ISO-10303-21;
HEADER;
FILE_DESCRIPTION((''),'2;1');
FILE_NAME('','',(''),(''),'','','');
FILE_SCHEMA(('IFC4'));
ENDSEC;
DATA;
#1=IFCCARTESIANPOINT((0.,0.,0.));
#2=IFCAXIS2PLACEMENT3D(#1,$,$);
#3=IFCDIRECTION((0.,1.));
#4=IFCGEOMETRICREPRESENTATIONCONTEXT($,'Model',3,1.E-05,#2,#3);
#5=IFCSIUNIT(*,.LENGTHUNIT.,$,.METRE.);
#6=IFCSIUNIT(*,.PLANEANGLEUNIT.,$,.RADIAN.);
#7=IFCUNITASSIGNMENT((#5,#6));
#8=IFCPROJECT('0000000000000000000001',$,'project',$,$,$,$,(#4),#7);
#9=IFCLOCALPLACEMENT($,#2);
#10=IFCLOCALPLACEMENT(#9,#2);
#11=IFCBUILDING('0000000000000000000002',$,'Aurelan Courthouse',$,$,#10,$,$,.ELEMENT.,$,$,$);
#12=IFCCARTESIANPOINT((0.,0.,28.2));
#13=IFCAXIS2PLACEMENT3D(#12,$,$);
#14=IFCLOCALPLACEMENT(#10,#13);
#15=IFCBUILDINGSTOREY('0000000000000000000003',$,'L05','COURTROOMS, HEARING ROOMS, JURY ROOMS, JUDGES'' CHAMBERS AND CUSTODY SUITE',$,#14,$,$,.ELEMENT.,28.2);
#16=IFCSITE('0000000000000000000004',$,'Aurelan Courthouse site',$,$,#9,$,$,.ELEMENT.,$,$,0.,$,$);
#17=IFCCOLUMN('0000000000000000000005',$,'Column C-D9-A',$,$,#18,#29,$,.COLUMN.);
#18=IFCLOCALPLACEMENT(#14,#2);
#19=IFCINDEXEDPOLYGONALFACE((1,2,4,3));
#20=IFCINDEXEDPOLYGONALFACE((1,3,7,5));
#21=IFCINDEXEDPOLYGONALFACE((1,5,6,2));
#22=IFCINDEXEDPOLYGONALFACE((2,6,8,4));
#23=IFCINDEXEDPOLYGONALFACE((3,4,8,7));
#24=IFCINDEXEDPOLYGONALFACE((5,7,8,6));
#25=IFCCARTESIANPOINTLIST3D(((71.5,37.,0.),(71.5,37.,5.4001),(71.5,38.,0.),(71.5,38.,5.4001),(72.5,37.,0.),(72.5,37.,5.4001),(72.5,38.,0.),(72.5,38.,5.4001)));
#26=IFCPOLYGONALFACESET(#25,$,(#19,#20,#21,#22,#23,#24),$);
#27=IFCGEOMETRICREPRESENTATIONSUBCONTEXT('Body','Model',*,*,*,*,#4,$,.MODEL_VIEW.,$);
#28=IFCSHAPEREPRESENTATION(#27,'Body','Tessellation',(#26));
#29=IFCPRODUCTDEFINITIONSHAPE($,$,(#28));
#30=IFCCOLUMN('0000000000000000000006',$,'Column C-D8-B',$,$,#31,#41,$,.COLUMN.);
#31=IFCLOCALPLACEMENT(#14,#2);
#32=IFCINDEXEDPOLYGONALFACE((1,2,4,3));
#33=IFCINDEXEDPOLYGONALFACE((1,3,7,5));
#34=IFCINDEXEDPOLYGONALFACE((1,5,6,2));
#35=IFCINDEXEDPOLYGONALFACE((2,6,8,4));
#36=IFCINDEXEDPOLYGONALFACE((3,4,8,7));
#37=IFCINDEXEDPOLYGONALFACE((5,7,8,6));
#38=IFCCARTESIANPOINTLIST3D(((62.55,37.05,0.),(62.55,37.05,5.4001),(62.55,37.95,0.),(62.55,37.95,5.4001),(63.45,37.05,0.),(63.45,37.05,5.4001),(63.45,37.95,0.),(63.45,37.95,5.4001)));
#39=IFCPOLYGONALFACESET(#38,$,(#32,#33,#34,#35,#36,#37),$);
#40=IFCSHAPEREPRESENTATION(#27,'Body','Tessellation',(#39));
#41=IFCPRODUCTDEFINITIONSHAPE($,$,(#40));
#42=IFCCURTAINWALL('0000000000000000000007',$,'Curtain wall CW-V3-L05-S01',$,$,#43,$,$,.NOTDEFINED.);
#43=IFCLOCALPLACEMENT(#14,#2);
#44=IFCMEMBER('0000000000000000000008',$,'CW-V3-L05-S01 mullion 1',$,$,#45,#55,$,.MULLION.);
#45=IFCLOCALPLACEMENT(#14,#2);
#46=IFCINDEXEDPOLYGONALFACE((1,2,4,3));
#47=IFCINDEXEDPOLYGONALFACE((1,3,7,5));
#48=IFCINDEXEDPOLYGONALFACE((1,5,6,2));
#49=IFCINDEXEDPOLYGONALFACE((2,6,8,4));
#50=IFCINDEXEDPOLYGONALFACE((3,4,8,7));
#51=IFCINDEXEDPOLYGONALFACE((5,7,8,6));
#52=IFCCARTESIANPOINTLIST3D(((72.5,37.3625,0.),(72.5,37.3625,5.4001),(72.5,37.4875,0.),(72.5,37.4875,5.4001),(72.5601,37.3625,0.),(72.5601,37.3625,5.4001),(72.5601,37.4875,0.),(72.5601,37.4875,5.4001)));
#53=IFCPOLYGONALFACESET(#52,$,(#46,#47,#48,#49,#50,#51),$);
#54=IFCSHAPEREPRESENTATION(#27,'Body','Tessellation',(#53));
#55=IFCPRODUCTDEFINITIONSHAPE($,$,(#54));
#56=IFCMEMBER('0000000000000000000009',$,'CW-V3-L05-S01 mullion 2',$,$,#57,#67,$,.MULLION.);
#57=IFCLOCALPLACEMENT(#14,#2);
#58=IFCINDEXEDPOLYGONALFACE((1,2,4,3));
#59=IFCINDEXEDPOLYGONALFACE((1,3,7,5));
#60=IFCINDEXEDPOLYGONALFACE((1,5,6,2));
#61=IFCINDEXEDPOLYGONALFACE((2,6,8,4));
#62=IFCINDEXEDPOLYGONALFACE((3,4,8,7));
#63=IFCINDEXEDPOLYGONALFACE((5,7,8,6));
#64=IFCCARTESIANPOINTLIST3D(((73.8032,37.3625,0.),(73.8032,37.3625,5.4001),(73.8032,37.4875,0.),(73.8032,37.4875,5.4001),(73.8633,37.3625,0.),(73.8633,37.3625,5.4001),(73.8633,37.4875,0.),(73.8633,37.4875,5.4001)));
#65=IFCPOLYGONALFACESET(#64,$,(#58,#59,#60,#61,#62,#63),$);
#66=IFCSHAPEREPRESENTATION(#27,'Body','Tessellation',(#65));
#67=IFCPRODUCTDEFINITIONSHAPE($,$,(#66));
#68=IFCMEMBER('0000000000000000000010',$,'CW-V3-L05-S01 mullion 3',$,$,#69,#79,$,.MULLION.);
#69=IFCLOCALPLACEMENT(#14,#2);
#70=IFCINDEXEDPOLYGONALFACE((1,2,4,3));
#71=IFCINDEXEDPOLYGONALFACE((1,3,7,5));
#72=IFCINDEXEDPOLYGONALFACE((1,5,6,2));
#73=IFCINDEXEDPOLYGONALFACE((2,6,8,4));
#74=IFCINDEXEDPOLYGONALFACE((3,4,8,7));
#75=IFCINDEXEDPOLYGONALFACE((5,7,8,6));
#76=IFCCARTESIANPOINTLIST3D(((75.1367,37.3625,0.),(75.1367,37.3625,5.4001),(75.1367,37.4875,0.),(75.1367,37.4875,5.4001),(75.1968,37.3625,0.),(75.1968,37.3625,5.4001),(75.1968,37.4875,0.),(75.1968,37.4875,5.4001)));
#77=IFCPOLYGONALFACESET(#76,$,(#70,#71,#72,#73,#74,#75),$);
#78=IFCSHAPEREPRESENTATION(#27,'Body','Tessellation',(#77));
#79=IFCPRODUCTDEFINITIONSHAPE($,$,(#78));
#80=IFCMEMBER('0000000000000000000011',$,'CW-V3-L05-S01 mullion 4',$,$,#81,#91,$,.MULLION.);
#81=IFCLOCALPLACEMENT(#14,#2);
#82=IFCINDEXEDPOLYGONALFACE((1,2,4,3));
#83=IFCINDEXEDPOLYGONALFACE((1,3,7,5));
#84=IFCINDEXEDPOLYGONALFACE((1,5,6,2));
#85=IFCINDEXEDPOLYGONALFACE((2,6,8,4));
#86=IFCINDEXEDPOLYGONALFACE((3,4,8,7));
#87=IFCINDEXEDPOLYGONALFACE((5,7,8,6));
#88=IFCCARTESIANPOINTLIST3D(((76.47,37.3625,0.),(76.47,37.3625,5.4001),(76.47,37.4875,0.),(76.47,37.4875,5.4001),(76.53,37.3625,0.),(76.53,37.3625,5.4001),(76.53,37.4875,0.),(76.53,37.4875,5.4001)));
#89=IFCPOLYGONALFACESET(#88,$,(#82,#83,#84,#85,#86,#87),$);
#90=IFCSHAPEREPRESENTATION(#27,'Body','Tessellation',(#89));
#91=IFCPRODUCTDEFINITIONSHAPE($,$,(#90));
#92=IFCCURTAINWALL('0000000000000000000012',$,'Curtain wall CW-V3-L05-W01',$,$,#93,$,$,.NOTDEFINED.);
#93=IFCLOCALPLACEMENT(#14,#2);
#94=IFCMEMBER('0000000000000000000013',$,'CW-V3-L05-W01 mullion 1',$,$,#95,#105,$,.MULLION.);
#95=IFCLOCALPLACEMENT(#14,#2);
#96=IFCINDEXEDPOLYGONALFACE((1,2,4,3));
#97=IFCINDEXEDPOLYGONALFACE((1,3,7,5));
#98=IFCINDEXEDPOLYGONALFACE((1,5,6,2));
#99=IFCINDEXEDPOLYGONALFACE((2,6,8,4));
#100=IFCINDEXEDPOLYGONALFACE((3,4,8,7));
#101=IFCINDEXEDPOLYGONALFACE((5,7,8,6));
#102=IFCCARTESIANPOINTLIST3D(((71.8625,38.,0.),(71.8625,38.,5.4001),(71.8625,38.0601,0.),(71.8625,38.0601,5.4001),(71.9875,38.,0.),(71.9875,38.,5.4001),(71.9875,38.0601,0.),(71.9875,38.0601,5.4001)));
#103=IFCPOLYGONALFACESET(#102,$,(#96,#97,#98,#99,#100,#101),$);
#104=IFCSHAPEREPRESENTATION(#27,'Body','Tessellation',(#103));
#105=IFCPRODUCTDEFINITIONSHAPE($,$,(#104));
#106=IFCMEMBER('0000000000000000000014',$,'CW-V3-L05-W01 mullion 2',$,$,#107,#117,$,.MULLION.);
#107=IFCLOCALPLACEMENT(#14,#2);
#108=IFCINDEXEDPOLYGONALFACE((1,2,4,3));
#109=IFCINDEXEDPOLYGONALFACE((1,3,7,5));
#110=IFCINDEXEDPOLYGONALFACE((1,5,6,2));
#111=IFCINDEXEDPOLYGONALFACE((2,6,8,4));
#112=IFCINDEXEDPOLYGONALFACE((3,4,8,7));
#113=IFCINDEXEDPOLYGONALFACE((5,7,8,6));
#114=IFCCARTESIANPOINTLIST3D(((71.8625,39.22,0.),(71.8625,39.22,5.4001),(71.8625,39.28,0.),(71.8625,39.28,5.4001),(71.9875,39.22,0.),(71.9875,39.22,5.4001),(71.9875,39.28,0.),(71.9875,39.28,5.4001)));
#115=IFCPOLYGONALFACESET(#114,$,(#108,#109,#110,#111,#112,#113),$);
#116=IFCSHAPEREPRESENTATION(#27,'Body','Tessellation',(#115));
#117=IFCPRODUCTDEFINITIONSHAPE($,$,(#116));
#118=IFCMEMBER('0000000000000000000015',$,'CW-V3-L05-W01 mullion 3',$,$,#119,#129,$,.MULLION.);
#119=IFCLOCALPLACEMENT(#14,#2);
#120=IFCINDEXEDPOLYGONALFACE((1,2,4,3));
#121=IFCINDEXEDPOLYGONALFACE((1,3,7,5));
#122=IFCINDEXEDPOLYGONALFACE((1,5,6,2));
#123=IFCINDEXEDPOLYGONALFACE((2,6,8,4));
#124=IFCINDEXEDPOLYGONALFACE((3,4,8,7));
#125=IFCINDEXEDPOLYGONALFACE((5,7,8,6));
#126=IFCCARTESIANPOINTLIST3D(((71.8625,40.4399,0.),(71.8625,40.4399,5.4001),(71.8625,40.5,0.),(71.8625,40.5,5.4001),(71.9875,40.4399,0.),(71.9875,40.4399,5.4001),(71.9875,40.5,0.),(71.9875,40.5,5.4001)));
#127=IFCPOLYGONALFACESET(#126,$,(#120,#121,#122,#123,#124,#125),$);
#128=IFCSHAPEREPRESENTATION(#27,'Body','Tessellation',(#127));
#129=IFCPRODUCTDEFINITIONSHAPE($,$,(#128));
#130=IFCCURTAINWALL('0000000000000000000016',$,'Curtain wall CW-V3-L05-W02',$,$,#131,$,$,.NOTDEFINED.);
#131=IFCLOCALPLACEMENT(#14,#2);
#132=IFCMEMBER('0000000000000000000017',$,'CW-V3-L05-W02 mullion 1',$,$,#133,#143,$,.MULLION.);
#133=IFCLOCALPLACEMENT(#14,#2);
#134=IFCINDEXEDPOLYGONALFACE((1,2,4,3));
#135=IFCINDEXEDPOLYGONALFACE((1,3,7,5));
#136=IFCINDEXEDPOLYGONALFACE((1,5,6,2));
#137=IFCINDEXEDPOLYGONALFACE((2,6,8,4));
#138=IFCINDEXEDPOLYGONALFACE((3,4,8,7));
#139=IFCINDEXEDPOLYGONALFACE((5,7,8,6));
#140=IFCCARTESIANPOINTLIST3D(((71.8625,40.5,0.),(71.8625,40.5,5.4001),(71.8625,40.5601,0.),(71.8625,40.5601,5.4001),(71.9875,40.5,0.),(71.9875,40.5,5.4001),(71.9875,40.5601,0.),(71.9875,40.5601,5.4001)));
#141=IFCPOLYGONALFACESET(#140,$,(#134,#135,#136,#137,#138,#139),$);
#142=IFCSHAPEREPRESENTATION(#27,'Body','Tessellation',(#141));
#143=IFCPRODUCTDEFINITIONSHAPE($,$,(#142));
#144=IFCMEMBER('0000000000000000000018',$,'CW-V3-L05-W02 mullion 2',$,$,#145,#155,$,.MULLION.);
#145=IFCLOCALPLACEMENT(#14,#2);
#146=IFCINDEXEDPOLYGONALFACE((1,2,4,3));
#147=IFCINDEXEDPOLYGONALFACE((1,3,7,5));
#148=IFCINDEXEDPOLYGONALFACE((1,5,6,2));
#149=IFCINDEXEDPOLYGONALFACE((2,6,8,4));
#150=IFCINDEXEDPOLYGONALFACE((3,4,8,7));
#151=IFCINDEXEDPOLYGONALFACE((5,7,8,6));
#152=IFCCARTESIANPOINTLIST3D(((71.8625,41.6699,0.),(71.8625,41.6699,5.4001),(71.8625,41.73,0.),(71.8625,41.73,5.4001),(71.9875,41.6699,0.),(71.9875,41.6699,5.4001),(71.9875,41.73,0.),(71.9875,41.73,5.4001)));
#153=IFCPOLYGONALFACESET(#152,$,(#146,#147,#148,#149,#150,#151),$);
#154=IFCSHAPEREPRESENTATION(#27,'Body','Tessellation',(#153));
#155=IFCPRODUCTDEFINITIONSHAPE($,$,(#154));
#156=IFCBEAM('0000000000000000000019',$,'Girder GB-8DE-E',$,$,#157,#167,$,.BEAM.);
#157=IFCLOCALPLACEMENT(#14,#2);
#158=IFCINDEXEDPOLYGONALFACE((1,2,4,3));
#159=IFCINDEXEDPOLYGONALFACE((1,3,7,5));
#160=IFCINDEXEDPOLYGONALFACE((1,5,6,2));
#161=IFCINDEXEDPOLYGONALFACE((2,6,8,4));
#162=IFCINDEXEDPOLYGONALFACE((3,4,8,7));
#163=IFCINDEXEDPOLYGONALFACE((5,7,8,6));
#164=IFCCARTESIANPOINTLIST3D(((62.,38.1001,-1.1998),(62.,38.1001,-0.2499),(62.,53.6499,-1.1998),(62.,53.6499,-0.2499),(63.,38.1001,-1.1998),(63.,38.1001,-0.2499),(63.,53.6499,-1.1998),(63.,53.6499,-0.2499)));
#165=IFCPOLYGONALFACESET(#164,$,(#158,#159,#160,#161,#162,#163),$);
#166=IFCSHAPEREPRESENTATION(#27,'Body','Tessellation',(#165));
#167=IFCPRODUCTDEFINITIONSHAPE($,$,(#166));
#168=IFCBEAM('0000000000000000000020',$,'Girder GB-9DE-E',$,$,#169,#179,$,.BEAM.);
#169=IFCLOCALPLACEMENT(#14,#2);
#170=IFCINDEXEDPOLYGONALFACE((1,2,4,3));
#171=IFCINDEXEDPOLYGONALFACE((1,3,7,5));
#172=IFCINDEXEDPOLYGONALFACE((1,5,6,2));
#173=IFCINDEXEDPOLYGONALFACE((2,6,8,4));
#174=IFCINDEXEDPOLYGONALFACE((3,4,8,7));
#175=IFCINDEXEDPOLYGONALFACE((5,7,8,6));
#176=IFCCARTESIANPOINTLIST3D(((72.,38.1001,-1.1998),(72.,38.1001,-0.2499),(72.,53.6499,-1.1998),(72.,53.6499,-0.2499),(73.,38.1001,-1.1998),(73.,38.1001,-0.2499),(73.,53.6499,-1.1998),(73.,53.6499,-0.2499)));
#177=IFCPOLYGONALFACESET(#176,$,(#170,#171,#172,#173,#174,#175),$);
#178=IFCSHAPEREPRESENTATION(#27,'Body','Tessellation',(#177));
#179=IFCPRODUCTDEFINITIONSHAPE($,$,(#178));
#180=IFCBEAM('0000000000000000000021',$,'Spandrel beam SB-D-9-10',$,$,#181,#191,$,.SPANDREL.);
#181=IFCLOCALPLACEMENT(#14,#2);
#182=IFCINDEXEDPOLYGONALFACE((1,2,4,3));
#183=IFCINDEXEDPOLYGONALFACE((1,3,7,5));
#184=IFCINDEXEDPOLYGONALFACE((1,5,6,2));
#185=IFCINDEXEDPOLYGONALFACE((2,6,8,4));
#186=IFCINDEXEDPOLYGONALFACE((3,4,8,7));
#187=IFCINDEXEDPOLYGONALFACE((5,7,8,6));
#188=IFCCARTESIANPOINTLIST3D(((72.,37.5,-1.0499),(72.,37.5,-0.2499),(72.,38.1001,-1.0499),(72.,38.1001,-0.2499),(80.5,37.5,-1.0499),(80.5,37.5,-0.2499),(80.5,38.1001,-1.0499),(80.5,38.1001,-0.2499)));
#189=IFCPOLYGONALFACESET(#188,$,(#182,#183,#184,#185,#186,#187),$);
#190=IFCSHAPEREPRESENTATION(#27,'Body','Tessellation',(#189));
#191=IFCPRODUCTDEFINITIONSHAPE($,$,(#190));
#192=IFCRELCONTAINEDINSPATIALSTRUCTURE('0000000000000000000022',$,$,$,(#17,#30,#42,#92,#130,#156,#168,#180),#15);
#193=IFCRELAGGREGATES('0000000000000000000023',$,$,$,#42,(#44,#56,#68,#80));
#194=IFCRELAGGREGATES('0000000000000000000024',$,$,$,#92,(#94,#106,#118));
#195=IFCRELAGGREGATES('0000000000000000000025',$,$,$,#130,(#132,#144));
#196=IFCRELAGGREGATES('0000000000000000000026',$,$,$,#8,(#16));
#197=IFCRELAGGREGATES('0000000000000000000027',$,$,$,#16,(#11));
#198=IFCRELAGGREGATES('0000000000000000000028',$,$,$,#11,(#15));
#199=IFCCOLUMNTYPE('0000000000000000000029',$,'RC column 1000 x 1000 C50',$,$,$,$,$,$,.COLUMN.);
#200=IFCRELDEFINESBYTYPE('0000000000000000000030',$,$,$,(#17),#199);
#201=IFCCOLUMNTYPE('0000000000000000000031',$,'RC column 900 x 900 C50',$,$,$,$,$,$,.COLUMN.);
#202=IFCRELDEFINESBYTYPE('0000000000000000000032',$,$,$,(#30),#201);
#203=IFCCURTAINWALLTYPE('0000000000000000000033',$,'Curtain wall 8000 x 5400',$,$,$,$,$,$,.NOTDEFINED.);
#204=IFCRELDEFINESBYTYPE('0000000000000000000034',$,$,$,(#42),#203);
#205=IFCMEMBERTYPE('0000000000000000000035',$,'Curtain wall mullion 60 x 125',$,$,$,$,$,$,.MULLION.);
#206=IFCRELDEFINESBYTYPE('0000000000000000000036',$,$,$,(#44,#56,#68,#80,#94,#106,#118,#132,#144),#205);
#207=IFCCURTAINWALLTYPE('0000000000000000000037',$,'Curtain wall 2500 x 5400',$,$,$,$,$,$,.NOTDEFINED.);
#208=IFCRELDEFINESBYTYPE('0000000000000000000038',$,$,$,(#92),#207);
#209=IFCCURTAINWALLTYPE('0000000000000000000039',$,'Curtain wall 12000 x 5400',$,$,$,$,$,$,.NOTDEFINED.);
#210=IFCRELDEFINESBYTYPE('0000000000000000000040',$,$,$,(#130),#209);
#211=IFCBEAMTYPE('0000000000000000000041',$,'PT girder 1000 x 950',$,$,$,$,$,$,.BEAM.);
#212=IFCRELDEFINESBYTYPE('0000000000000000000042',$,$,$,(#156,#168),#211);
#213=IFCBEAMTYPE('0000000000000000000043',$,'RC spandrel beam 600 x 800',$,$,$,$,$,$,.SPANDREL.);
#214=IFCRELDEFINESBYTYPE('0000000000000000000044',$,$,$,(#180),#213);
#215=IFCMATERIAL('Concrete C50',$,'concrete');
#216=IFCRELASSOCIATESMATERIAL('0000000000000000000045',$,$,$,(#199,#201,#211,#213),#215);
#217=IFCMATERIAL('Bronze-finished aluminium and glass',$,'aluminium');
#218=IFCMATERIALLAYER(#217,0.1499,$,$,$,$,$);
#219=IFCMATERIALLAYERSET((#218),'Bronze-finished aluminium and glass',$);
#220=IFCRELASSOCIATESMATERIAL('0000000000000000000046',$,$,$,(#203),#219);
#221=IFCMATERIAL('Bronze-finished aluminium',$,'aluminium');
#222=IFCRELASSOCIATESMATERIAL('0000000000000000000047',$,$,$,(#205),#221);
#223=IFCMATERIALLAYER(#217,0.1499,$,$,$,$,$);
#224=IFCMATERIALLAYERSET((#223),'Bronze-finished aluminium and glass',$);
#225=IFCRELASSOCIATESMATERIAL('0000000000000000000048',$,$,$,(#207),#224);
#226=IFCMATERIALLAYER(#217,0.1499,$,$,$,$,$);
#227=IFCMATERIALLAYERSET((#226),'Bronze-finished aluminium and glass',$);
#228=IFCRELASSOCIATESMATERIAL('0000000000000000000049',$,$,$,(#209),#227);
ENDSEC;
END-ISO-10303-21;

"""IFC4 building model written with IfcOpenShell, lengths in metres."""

from ifc_helpers import new_model, si_unit, direction, frame, origin, origin_2d, place, context, subcontext, project, spatial, rectangle, extrude, material, layer, layer_set, material_profile, profile_set, type_object, element, aggregate, save


model = new_model("IFC4")

# Units and contexts
model_context = context("Model", 3, precision=1e-05, world=origin(), true_north=direction((0.0, 1.0)))
body_context = subcontext(model_context, "Body", "Model", "MODEL_VIEW")
ifc_project = project(units=[si_unit("LENGTHUNIT", "METRE"), si_unit("PLANEANGLEUNIT", "RADIAN")], contexts=[model_context])

# Site, building, storey
site_placement = place(None, origin())
site = spatial("IfcSite", under=ifc_project, at=site_placement, Name="Aurelan Courthouse site", CompositionType="ELEMENT", RefElevation=0.0)
building_placement = place(site_placement, origin())
building = spatial("IfcBuilding", under=site, at=building_placement, Name="Aurelan Courthouse", CompositionType="ELEMENT")
storey_placement = place(building_placement, frame((0.0, 0.0, 28.2)))
storey = spatial("IfcBuildingStorey", under=building, at=storey_placement, Name="L05", Description="COURTROOMS, HEARING ROOMS, JURY ROOMS, JUDGES' CHAMBERS AND CUSTODY SUITE", CompositionType="ELEMENT", Elevation=28.2)

# Columns
ifc_material_1 = material(Name="Concrete C50", Category="concrete")
ifc_material_profile_1 = material_profile(ifc_material_1, rectangle(XDim=1.0, YDim=1.0, at=origin_2d()), Name="RC 1000 x 1000")
ifc_profile_set_1 = profile_set([ifc_material_profile_1], Name="Concrete C50")
column_type_1 = type_object("IfcColumnType", Name="RC column 1000 x 1000 C50", PredefinedType="COLUMN", material=ifc_profile_set_1)
column_1_placement = place(storey_placement, frame((72.0, 37.5, 0.0), z_axis=(0.0, 0.0, 1.0), x_axis=(1.0, 0.0, 0.0)))
element("IfcColumn", 1, at=column_1_placement, inside=storey, type_object=column_type_1, Name="Column C-D9-A", PredefinedType="COLUMN", context=body_context, shape_type="SweptSolid", body=[
    extrude(rectangle(XDim=1.0, YDim=1.0, at=origin_2d()), origin(), (0.0, 0.0, 1.0), 5.4001),
])
ifc_material_profile_2 = material_profile(ifc_material_1, rectangle(XDim=0.8999, YDim=0.8999, at=origin_2d()), Name="RC 900 x 900")
ifc_profile_set_2 = profile_set([ifc_material_profile_2], Name="Concrete C50")
column_type_2 = type_object("IfcColumnType", Name="RC column 900 x 900 C50", PredefinedType="COLUMN", material=ifc_profile_set_2)
column_2_placement = place(storey_placement, frame((63.0, 37.5, 0.0), z_axis=(0.0, 0.0, 1.0), x_axis=(1.0, 0.0, 0.0)))
element("IfcColumn", 2, at=column_2_placement, inside=storey, type_object=column_type_2, Name="Column C-D8-B", PredefinedType="COLUMN", context=body_context, shape_type="SweptSolid", body=[
    extrude(rectangle(XDim=0.8999, YDim=0.8999, at=origin_2d()), origin(), (0.0, 0.0, 1.0), 5.4001),
])

# Curtain walls, members
ifc_material_2 = material(Name="Bronze-finished aluminium and glass", Category="aluminium")
ifc_layer_1 = layer(ifc_material_2, 0.1499)
ifc_layer_set_1 = layer_set([ifc_layer_1], Name="Bronze-finished aluminium and glass")
curtain_wall_type_1 = type_object("IfcCurtainWallType", Name="Curtain wall 8000 x 5400", PredefinedType="NOTDEFINED", material=ifc_layer_set_1)
curtain_wall_1_placement = place(storey_placement, origin())
curtain_wall_1 = element("IfcCurtainWall", 3, at=curtain_wall_1_placement, inside=storey, type_object=curtain_wall_type_1, Name="Curtain wall CW-V3-L05-S01", PredefinedType="NOTDEFINED")
ifc_material_3 = material(Name="Bronze-finished aluminium", Category="aluminium")
ifc_material_profile_3 = material_profile(ifc_material_3, rectangle(XDim=0.125, YDim=0.0601, at=origin_2d()), Name="Bronze mullion 60 x 125")
ifc_profile_set_3 = profile_set([ifc_material_profile_3], Name="Bronze-finished aluminium")
member_type = type_object("IfcMemberType", Name="Curtain wall mullion 60 x 125", PredefinedType="MULLION", material=ifc_profile_set_3)
member_1_placement = place(storey_placement, frame((72.53, 37.425, 0.0), z_axis=(0.0, 0.0, 1.0), x_axis=(0.0, 1.0, 0.0)))
member_1 = element("IfcMember", 4, at=member_1_placement, type_object=member_type, Name="CW-V3-L05-S01 mullion 1", PredefinedType="MULLION", context=body_context, shape_type="SweptSolid", body=[
    extrude(rectangle(XDim=0.125, YDim=0.0601, at=origin_2d()), origin(), (0.0, 0.0, 1.0), 5.4001),
])
member_2_placement = place(storey_placement, frame((73.8333, 37.425, 0.0), z_axis=(0.0, 0.0, 1.0), x_axis=(0.0, 1.0, 0.0)))
member_2 = element("IfcMember", 5, at=member_2_placement, type_object=member_type, Name="CW-V3-L05-S01 mullion 2", PredefinedType="MULLION", context=body_context, shape_type="SweptSolid", body=[
    extrude(rectangle(XDim=0.125, YDim=0.0601, at=origin_2d()), origin(), (0.0, 0.0, 1.0), 5.4001),
])
member_3_placement = place(storey_placement, frame((75.1667, 37.425, 0.0), z_axis=(0.0, 0.0, 1.0), x_axis=(0.0, 1.0, 0.0)))
member_3 = element("IfcMember", 6, at=member_3_placement, type_object=member_type, Name="CW-V3-L05-S01 mullion 3", PredefinedType="MULLION", context=body_context, shape_type="SweptSolid", body=[
    extrude(rectangle(XDim=0.125, YDim=0.0601, at=origin_2d()), origin(), (0.0, 0.0, 1.0), 5.4001),
])
member_4_placement = place(storey_placement, frame((76.5, 37.425, 0.0), z_axis=(0.0, 0.0, 1.0), x_axis=(0.0, 1.0, 0.0)))
member_4 = element("IfcMember", 7, at=member_4_placement, type_object=member_type, Name="CW-V3-L05-S01 mullion 4", PredefinedType="MULLION", context=body_context, shape_type="SweptSolid", body=[
    extrude(rectangle(XDim=0.125, YDim=0.0601, at=origin_2d()), origin(), (0.0, 0.0, 1.0), 5.4001),
])
aggregate(curtain_wall_1, [member_1, member_2, member_3, member_4])
ifc_layer_2 = layer(ifc_material_2, 0.1499)
ifc_layer_set_2 = layer_set([ifc_layer_2], Name="Bronze-finished aluminium and glass")
curtain_wall_type_2 = type_object("IfcCurtainWallType", Name="Curtain wall 2500 x 5400", PredefinedType="NOTDEFINED", material=ifc_layer_set_2)
curtain_wall_2_placement = place(storey_placement, origin())
curtain_wall_2 = element("IfcCurtainWall", 8, at=curtain_wall_2_placement, inside=storey, type_object=curtain_wall_type_2, Name="Curtain wall CW-V3-L05-W01", PredefinedType="NOTDEFINED")
member_5_placement = place(storey_placement, frame((71.925, 38.03, 0.0), z_axis=(0.0, 0.0, 1.0), x_axis=(-1.0, 0.0, 0.0)))
member_5 = element("IfcMember", 9, at=member_5_placement, type_object=member_type, Name="CW-V3-L05-W01 mullion 1", PredefinedType="MULLION", context=body_context, shape_type="SweptSolid", body=[
    extrude(rectangle(XDim=0.125, YDim=0.0601, at=origin_2d()), origin(), (0.0, 0.0, 1.0), 5.4001),
])
member_6_placement = place(storey_placement, frame((71.925, 39.25, 0.0), z_axis=(0.0, 0.0, 1.0), x_axis=(-1.0, 0.0, 0.0)))
member_6 = element("IfcMember", 10, at=member_6_placement, type_object=member_type, Name="CW-V3-L05-W01 mullion 2", PredefinedType="MULLION", context=body_context, shape_type="SweptSolid", body=[
    extrude(rectangle(XDim=0.125, YDim=0.0601, at=origin_2d()), origin(), (0.0, 0.0, 1.0), 5.4001),
])
member_7_placement = place(storey_placement, frame((71.925, 40.47, 0.0), z_axis=(0.0, 0.0, 1.0), x_axis=(-1.0, 0.0, 0.0)))
member_7 = element("IfcMember", 11, at=member_7_placement, type_object=member_type, Name="CW-V3-L05-W01 mullion 3", PredefinedType="MULLION", context=body_context, shape_type="SweptSolid", body=[
    extrude(rectangle(XDim=0.125, YDim=0.0601, at=origin_2d()), origin(), (0.0, 0.0, 1.0), 5.4001),
])
aggregate(curtain_wall_2, [member_5, member_6, member_7])
ifc_layer_3 = layer(ifc_material_2, 0.1499)
ifc_layer_set_3 = layer_set([ifc_layer_3], Name="Bronze-finished aluminium and glass")
curtain_wall_type_3 = type_object("IfcCurtainWallType", Name="Curtain wall 12000 x 5400", PredefinedType="NOTDEFINED", material=ifc_layer_set_3)
curtain_wall_3_placement = place(storey_placement, origin())
curtain_wall_3 = element("IfcCurtainWall", 12, at=curtain_wall_3_placement, inside=storey, type_object=curtain_wall_type_3, Name="Curtain wall CW-V3-L05-W02", PredefinedType="NOTDEFINED")
member_8_placement = place(storey_placement, frame((71.925, 40.53, 0.0), z_axis=(0.0, 0.0, 1.0), x_axis=(-1.0, 0.0, 0.0)))
member_8 = element("IfcMember", 13, at=member_8_placement, type_object=member_type, Name="CW-V3-L05-W02 mullion 1", PredefinedType="MULLION", context=body_context, shape_type="SweptSolid", body=[
    extrude(rectangle(XDim=0.125, YDim=0.0601, at=origin_2d()), origin(), (0.0, 0.0, 1.0), 5.4001),
])
member_9_placement = place(storey_placement, frame((71.925, 41.7, 0.0), z_axis=(0.0, 0.0, 1.0), x_axis=(-1.0, 0.0, 0.0)))
member_9 = element("IfcMember", 14, at=member_9_placement, type_object=member_type, Name="CW-V3-L05-W02 mullion 2", PredefinedType="MULLION", context=body_context, shape_type="SweptSolid", body=[
    extrude(rectangle(XDim=0.125, YDim=0.0601, at=origin_2d()), origin(), (0.0, 0.0, 1.0), 5.4001),
])
aggregate(curtain_wall_3, [member_8, member_9])

# Beams
ifc_material_profile_4 = material_profile(ifc_material_1, rectangle(XDim=1.0, YDim=0.95, at=origin_2d()), Name="RC 1000 x 950")
ifc_profile_set_4 = profile_set([ifc_material_profile_4], Name="Concrete C50")
beam_type_1 = type_object("IfcBeamType", Name="PT girder 1000 x 950", PredefinedType="BEAM", material=ifc_profile_set_4)
for number, where, z_axis, x_axis, name in (
    (15, (62.5, 38.1001, -0.7249), (0.0, 1.0, 0.0), (-1.0, 0.0, 0.0), "Girder GB-8DE-E"),
    (16, (72.5, 38.1001, -0.7249), (0.0, 1.0, 0.0), (-1.0, 0.0, 0.0), "Girder GB-9DE-E"),
):
    element("IfcBeam", number, at=place(storey_placement, frame(where, z_axis=z_axis, x_axis=x_axis)), inside=storey, type_object=beam_type_1, Name=name, PredefinedType="BEAM", context=body_context, shape_type="SweptSolid", body=[
        extrude(rectangle(XDim=1.0, YDim=0.95, at=origin_2d()), origin(), (0.0, 0.0, 1.0), 15.5498),
    ])
ifc_material_profile_5 = material_profile(ifc_material_1, rectangle(XDim=0.6001, YDim=0.8, at=origin_2d()), Name="RC 600 x 800")
ifc_profile_set_5 = profile_set([ifc_material_profile_5], Name="Concrete C50")
beam_type_2 = type_object("IfcBeamType", Name="RC spandrel beam 600 x 800", PredefinedType="SPANDREL", material=ifc_profile_set_5)
beam_1_placement = place(storey_placement, frame((72.0, 37.8, -0.6499), z_axis=(1.0, 0.0, 0.0), x_axis=(0.0, 1.0, 0.0)))
element("IfcBeam", 17, at=beam_1_placement, inside=storey, type_object=beam_type_2, Name="Spandrel beam SB-D-9-10", PredefinedType="SPANDREL", context=body_context, shape_type="SweptSolid", body=[
    extrude(rectangle(XDim=0.6001, YDim=0.8, at=origin_2d()), origin(), (0.0, 0.0, 1.0), 8.5),
])

save(model, "model.ifc")
